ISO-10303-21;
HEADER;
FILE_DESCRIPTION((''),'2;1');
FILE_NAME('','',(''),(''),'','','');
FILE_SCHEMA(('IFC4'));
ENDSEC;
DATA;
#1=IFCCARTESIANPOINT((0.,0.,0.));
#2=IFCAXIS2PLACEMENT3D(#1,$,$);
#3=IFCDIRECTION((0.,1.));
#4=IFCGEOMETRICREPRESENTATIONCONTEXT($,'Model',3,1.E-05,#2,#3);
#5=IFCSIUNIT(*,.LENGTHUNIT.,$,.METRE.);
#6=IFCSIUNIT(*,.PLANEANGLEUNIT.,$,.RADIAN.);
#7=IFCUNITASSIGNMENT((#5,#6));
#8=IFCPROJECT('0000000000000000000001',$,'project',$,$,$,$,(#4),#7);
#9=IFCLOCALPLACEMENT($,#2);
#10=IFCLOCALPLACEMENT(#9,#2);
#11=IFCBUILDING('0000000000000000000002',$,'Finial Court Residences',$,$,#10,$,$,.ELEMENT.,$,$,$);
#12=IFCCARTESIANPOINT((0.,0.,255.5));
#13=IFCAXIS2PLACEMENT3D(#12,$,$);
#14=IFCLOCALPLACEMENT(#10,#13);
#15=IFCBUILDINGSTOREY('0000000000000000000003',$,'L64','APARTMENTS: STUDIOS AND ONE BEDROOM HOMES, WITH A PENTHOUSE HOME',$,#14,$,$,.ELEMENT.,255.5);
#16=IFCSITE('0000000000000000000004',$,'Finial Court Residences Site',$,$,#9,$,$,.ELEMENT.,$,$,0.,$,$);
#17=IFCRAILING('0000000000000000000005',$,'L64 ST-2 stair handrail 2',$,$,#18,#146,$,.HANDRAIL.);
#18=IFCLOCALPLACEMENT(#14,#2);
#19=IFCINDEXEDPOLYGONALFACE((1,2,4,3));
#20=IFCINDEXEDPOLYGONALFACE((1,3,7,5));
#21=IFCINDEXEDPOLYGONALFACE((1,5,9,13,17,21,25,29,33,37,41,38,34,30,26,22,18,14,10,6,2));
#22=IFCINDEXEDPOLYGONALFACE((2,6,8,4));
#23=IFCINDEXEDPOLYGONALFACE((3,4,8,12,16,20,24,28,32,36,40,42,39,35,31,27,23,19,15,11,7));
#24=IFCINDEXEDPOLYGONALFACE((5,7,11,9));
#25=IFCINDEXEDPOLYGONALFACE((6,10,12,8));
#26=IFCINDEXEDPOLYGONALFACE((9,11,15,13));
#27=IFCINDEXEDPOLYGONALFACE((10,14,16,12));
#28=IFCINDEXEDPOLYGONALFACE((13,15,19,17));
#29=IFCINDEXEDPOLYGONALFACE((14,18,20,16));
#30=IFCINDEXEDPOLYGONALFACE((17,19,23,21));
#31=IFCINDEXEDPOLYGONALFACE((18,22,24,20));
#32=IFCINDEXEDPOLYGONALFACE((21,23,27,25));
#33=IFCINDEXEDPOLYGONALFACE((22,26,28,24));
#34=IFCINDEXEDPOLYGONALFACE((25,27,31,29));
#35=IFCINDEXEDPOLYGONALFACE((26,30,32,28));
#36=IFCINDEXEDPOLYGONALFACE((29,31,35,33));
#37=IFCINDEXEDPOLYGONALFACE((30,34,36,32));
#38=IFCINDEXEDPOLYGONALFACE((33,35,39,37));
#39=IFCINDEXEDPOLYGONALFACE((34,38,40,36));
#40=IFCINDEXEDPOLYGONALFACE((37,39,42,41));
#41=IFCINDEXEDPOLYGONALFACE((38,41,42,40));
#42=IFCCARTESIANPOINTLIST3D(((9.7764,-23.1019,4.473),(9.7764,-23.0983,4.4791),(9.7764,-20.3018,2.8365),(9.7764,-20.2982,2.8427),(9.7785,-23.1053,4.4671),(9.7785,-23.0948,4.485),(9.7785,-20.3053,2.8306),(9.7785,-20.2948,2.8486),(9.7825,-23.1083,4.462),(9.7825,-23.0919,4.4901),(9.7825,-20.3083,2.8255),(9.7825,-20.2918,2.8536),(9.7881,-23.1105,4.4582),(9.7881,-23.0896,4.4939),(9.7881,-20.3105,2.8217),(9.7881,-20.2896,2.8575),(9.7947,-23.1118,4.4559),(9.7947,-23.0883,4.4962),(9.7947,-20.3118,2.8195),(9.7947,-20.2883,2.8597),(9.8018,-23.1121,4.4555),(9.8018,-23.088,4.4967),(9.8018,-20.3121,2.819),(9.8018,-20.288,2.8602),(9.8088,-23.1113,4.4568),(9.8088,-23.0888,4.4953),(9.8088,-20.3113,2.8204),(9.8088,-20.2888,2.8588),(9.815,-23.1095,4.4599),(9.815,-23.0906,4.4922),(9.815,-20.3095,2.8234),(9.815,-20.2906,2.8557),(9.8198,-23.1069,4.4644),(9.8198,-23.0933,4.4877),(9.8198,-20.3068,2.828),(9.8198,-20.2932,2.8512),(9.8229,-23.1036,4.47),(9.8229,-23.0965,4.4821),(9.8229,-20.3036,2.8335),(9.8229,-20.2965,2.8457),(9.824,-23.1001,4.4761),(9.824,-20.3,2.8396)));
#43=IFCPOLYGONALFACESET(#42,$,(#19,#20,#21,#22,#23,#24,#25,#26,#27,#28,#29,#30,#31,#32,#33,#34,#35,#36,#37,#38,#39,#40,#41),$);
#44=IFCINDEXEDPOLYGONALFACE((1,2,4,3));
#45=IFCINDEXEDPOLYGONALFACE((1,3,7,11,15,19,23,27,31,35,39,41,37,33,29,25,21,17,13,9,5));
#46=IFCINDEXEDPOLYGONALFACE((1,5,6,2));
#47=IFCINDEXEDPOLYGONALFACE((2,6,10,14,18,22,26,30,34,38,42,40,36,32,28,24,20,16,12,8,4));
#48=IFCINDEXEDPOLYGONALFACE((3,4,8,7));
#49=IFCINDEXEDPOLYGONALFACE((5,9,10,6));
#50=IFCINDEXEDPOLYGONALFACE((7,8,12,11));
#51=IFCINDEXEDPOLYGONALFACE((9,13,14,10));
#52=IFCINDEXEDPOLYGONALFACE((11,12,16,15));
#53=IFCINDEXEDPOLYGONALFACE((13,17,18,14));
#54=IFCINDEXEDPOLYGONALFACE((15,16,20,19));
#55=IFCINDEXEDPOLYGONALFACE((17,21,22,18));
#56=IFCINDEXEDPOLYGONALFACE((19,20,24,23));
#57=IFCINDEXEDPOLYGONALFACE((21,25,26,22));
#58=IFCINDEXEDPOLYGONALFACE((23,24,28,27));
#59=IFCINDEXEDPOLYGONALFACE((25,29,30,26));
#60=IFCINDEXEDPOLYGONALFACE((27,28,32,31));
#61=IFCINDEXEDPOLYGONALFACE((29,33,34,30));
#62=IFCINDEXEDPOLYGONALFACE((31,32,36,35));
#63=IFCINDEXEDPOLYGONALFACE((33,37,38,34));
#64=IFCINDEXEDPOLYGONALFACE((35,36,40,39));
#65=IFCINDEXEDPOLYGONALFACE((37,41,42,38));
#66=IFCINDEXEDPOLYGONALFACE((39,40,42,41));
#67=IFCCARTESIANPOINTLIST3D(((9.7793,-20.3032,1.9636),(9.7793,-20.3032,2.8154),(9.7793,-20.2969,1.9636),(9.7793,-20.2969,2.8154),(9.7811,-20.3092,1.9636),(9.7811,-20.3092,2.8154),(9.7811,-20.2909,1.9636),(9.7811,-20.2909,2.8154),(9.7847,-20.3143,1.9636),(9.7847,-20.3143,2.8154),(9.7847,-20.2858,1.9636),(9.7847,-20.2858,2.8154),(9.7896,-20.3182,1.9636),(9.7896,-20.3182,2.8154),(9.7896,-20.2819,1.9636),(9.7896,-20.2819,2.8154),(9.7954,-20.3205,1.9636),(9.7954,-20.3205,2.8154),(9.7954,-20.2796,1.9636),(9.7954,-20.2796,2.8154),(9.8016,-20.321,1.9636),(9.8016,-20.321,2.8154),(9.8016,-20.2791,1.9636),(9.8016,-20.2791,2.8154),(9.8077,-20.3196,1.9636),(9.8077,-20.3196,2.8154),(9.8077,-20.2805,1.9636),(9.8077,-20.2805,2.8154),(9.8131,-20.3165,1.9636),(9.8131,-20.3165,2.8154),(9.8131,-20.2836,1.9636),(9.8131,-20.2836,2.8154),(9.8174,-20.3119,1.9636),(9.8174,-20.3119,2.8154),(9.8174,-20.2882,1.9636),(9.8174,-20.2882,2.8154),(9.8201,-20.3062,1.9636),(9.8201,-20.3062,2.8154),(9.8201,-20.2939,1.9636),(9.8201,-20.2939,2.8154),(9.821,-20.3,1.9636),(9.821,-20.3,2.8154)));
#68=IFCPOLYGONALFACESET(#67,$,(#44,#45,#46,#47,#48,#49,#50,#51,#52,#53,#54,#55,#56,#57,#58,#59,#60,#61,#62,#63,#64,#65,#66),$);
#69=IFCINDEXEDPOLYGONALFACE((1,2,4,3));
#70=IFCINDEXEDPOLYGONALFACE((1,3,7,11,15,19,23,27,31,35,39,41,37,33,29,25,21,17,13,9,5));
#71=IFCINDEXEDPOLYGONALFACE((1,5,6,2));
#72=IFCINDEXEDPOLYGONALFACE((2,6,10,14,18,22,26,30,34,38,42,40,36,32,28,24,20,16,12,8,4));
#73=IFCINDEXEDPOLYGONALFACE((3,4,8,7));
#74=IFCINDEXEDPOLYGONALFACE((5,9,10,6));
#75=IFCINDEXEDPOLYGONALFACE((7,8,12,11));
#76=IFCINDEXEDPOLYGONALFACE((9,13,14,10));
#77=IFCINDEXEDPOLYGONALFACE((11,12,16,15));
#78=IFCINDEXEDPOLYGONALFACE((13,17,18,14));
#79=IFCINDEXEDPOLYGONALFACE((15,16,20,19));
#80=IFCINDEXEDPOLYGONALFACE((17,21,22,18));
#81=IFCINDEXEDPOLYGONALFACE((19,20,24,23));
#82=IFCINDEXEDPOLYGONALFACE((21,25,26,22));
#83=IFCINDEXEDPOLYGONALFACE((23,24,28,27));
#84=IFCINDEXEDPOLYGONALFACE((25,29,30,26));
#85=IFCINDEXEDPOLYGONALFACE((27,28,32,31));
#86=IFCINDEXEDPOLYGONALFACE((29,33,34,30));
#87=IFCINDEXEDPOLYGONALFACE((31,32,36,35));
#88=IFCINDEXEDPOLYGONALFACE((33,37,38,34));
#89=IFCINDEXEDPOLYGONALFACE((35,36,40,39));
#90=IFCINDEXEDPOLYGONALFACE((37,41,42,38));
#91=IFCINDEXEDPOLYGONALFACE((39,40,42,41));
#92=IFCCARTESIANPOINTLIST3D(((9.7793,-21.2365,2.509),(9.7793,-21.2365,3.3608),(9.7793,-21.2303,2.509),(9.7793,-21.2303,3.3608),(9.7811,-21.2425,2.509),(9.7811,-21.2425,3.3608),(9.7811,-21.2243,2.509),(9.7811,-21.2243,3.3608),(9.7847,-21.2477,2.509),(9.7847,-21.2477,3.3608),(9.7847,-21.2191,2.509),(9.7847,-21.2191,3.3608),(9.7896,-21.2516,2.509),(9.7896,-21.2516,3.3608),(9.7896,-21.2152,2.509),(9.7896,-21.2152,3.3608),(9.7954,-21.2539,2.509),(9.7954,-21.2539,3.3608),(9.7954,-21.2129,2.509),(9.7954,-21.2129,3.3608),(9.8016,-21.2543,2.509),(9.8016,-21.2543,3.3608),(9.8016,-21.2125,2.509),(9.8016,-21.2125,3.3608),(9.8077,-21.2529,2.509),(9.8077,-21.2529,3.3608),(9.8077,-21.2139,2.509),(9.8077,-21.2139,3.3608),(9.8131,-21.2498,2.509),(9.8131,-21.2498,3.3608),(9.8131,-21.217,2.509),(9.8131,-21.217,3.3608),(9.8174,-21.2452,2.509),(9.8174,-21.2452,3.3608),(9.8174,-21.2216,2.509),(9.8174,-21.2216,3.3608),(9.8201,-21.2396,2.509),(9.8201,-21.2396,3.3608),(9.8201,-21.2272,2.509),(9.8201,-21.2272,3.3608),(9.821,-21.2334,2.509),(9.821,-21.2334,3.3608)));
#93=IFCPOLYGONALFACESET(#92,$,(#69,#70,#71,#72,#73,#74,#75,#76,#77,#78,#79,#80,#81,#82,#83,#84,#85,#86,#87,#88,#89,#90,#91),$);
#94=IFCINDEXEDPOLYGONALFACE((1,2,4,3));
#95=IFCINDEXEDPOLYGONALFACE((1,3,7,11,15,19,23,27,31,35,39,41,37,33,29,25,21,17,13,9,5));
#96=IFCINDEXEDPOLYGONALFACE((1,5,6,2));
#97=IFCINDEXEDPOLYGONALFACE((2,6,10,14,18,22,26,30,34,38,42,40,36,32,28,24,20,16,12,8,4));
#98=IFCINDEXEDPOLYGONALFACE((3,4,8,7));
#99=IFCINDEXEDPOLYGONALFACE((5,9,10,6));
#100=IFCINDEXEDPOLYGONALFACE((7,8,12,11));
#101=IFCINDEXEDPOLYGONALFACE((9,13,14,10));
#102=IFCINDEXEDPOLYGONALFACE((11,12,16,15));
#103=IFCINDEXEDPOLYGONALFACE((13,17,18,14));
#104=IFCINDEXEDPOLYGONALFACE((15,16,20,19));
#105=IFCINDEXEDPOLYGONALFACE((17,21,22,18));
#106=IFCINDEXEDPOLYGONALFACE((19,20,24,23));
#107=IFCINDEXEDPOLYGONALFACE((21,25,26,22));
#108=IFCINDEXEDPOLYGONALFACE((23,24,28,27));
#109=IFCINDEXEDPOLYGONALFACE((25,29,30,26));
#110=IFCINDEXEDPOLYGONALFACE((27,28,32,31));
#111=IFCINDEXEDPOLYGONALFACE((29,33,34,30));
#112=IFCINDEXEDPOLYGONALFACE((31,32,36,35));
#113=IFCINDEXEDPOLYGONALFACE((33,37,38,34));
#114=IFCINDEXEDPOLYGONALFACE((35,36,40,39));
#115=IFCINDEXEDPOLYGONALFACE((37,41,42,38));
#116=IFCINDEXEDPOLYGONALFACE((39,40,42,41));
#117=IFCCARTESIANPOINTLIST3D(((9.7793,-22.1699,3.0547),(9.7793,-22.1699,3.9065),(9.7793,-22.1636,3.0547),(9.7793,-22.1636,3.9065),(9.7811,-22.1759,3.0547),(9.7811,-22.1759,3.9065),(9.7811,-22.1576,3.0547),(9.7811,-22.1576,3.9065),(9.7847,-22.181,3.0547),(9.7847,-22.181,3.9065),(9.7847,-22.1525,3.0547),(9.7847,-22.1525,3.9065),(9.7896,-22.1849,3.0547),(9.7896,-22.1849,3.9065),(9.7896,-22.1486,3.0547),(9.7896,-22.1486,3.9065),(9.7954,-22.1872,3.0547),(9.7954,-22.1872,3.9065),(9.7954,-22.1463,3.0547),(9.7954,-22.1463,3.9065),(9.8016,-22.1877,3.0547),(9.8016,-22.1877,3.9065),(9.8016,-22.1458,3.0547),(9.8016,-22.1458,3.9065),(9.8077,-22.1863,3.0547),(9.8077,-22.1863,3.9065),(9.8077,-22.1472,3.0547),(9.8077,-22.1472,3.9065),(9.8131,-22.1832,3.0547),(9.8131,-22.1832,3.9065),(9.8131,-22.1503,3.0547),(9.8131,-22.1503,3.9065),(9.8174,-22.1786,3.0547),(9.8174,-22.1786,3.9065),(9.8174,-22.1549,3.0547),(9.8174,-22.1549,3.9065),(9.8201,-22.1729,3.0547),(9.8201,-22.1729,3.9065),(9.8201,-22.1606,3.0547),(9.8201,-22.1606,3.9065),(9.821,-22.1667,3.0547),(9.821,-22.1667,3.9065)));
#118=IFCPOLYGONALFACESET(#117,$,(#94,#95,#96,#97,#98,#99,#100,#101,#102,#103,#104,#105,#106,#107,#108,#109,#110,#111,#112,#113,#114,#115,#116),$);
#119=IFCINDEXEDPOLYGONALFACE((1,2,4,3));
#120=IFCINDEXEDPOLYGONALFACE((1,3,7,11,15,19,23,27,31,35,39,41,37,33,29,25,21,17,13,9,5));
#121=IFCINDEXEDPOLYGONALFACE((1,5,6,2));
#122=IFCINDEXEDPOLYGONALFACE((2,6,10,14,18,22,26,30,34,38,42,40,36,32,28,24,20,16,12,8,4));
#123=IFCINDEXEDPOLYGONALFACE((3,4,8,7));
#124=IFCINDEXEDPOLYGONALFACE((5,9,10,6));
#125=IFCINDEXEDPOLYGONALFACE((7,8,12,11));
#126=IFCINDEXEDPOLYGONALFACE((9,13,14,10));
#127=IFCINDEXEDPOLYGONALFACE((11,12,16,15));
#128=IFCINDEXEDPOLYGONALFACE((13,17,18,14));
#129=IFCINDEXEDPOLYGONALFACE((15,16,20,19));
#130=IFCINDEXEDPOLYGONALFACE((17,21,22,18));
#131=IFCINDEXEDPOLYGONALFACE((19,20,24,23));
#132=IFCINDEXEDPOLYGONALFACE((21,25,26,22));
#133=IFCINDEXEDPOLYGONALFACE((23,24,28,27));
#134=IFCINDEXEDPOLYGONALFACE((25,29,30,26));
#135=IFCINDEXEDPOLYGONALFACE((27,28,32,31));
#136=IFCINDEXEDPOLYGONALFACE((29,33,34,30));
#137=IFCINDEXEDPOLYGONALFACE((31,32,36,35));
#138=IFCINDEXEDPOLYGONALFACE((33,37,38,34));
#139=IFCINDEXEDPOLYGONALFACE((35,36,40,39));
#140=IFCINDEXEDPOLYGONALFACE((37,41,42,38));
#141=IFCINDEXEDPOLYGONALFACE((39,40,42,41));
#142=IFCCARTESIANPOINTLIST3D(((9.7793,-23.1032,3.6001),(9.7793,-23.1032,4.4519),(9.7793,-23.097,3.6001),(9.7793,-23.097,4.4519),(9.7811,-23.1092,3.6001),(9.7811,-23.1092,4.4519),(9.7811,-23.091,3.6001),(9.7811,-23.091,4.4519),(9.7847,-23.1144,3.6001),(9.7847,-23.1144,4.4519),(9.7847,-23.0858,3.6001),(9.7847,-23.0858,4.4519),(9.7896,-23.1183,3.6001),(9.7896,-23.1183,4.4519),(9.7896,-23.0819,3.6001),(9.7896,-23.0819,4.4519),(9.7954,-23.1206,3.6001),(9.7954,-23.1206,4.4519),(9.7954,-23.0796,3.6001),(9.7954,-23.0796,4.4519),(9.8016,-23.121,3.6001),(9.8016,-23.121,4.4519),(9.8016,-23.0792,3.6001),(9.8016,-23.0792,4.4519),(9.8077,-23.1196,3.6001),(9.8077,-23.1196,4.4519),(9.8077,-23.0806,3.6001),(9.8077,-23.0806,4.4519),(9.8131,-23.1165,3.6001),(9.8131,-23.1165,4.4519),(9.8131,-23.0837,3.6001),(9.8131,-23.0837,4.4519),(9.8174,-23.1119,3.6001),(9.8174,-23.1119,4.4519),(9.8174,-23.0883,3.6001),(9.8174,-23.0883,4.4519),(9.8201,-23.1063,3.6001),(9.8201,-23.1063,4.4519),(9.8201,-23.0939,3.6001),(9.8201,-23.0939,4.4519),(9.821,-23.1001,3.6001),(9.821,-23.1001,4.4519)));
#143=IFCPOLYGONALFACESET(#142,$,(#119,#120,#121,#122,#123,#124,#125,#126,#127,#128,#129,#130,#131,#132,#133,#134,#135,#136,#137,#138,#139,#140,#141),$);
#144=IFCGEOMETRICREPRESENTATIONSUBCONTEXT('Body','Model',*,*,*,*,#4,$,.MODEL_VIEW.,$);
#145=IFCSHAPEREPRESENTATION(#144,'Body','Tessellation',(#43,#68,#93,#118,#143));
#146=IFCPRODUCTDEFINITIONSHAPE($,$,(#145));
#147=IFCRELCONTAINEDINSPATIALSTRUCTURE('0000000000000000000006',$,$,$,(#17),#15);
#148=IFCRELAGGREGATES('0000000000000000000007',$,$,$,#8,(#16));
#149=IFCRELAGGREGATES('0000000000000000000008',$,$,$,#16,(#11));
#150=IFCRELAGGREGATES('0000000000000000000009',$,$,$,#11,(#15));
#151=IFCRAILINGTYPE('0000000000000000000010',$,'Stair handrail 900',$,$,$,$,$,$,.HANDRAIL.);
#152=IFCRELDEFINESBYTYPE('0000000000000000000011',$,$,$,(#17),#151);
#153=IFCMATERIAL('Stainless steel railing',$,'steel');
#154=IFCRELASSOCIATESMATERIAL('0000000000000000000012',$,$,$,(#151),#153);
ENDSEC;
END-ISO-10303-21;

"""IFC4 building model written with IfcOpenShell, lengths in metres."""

from ifc_helpers import new_model, si_unit, direction, frame, origin, origin_2d, place, context, subcontext, project, spatial, circle, extrude, material, type_object, element, save


model = new_model("IFC4")

# Units and contexts
model_context = context("Model", 3, precision=1e-05, world=origin(), true_north=direction((0.0, 1.0)))
body_context = subcontext(model_context, "Body", "Model", "MODEL_VIEW")
ifc_project = project(units=[si_unit("LENGTHUNIT", "METRE"), si_unit("PLANEANGLEUNIT", "RADIAN")], contexts=[model_context])

# Site, building, storey
site_placement = place(None, origin())
site = spatial("IfcSite", under=ifc_project, at=site_placement, Name="Finial Court Residences Site", CompositionType="ELEMENT", RefElevation=0.0)
building_placement = place(site_placement, origin())
building = spatial("IfcBuilding", under=site, at=building_placement, Name="Finial Court Residences", CompositionType="ELEMENT")
storey_placement = place(building_placement, frame((0.0, 0.0, 255.5)))
storey = spatial("IfcBuildingStorey", under=building, at=storey_placement, Name="L64", Description="APARTMENTS: STUDIOS AND ONE BEDROOM HOMES, WITH A PENTHOUSE HOME", CompositionType="ELEMENT", Elevation=255.5)

# Railing
ifc_material_1 = material(Name="Stainless steel railing", Category="steel")
railing_type_1 = type_object("IfcRailingType", Name="Stair handrail 900", PredefinedType="HANDRAIL", material=ifc_material_1)
railing_1_placement = place(storey_placement, frame((9.8, -20.3, 1.9636)))
element("IfcRailing", 1, at=railing_1_placement, inside=storey, type_object=railing_type_1, Name="L64 ST-2 stair handrail 2", PredefinedType="HANDRAIL", context=body_context, shape_type="SweptSolid", body=[
    extrude(circle(Radius=0.0239, at=origin_2d()), frame((0.0, 0.0, 0.876), z_axis=(0.0, -0.863361, 0.504587), x_axis=(1.0, 0.0, 0.0)), (0.0, 0.0, 1.0), 3.2432),
    extrude(circle(Radius=0.021, at=origin_2d()), origin(), (0.0, 0.0, 1.0), 0.8518),
    extrude(circle(Radius=0.021, at=origin_2d()), frame((0.0, -0.9333, 0.5454)), (0.0, 0.0, 1.0), 0.8518),
    extrude(circle(Radius=0.021, at=origin_2d()), frame((0.0, -1.8667, 1.0911)), (0.0, 0.0, 1.0), 0.8518),
    extrude(circle(Radius=0.021, at=origin_2d()), frame((0.0, -2.8, 1.6365)), (0.0, 0.0, 1.0), 0.8518),
])

save(model, "model.ifc")
